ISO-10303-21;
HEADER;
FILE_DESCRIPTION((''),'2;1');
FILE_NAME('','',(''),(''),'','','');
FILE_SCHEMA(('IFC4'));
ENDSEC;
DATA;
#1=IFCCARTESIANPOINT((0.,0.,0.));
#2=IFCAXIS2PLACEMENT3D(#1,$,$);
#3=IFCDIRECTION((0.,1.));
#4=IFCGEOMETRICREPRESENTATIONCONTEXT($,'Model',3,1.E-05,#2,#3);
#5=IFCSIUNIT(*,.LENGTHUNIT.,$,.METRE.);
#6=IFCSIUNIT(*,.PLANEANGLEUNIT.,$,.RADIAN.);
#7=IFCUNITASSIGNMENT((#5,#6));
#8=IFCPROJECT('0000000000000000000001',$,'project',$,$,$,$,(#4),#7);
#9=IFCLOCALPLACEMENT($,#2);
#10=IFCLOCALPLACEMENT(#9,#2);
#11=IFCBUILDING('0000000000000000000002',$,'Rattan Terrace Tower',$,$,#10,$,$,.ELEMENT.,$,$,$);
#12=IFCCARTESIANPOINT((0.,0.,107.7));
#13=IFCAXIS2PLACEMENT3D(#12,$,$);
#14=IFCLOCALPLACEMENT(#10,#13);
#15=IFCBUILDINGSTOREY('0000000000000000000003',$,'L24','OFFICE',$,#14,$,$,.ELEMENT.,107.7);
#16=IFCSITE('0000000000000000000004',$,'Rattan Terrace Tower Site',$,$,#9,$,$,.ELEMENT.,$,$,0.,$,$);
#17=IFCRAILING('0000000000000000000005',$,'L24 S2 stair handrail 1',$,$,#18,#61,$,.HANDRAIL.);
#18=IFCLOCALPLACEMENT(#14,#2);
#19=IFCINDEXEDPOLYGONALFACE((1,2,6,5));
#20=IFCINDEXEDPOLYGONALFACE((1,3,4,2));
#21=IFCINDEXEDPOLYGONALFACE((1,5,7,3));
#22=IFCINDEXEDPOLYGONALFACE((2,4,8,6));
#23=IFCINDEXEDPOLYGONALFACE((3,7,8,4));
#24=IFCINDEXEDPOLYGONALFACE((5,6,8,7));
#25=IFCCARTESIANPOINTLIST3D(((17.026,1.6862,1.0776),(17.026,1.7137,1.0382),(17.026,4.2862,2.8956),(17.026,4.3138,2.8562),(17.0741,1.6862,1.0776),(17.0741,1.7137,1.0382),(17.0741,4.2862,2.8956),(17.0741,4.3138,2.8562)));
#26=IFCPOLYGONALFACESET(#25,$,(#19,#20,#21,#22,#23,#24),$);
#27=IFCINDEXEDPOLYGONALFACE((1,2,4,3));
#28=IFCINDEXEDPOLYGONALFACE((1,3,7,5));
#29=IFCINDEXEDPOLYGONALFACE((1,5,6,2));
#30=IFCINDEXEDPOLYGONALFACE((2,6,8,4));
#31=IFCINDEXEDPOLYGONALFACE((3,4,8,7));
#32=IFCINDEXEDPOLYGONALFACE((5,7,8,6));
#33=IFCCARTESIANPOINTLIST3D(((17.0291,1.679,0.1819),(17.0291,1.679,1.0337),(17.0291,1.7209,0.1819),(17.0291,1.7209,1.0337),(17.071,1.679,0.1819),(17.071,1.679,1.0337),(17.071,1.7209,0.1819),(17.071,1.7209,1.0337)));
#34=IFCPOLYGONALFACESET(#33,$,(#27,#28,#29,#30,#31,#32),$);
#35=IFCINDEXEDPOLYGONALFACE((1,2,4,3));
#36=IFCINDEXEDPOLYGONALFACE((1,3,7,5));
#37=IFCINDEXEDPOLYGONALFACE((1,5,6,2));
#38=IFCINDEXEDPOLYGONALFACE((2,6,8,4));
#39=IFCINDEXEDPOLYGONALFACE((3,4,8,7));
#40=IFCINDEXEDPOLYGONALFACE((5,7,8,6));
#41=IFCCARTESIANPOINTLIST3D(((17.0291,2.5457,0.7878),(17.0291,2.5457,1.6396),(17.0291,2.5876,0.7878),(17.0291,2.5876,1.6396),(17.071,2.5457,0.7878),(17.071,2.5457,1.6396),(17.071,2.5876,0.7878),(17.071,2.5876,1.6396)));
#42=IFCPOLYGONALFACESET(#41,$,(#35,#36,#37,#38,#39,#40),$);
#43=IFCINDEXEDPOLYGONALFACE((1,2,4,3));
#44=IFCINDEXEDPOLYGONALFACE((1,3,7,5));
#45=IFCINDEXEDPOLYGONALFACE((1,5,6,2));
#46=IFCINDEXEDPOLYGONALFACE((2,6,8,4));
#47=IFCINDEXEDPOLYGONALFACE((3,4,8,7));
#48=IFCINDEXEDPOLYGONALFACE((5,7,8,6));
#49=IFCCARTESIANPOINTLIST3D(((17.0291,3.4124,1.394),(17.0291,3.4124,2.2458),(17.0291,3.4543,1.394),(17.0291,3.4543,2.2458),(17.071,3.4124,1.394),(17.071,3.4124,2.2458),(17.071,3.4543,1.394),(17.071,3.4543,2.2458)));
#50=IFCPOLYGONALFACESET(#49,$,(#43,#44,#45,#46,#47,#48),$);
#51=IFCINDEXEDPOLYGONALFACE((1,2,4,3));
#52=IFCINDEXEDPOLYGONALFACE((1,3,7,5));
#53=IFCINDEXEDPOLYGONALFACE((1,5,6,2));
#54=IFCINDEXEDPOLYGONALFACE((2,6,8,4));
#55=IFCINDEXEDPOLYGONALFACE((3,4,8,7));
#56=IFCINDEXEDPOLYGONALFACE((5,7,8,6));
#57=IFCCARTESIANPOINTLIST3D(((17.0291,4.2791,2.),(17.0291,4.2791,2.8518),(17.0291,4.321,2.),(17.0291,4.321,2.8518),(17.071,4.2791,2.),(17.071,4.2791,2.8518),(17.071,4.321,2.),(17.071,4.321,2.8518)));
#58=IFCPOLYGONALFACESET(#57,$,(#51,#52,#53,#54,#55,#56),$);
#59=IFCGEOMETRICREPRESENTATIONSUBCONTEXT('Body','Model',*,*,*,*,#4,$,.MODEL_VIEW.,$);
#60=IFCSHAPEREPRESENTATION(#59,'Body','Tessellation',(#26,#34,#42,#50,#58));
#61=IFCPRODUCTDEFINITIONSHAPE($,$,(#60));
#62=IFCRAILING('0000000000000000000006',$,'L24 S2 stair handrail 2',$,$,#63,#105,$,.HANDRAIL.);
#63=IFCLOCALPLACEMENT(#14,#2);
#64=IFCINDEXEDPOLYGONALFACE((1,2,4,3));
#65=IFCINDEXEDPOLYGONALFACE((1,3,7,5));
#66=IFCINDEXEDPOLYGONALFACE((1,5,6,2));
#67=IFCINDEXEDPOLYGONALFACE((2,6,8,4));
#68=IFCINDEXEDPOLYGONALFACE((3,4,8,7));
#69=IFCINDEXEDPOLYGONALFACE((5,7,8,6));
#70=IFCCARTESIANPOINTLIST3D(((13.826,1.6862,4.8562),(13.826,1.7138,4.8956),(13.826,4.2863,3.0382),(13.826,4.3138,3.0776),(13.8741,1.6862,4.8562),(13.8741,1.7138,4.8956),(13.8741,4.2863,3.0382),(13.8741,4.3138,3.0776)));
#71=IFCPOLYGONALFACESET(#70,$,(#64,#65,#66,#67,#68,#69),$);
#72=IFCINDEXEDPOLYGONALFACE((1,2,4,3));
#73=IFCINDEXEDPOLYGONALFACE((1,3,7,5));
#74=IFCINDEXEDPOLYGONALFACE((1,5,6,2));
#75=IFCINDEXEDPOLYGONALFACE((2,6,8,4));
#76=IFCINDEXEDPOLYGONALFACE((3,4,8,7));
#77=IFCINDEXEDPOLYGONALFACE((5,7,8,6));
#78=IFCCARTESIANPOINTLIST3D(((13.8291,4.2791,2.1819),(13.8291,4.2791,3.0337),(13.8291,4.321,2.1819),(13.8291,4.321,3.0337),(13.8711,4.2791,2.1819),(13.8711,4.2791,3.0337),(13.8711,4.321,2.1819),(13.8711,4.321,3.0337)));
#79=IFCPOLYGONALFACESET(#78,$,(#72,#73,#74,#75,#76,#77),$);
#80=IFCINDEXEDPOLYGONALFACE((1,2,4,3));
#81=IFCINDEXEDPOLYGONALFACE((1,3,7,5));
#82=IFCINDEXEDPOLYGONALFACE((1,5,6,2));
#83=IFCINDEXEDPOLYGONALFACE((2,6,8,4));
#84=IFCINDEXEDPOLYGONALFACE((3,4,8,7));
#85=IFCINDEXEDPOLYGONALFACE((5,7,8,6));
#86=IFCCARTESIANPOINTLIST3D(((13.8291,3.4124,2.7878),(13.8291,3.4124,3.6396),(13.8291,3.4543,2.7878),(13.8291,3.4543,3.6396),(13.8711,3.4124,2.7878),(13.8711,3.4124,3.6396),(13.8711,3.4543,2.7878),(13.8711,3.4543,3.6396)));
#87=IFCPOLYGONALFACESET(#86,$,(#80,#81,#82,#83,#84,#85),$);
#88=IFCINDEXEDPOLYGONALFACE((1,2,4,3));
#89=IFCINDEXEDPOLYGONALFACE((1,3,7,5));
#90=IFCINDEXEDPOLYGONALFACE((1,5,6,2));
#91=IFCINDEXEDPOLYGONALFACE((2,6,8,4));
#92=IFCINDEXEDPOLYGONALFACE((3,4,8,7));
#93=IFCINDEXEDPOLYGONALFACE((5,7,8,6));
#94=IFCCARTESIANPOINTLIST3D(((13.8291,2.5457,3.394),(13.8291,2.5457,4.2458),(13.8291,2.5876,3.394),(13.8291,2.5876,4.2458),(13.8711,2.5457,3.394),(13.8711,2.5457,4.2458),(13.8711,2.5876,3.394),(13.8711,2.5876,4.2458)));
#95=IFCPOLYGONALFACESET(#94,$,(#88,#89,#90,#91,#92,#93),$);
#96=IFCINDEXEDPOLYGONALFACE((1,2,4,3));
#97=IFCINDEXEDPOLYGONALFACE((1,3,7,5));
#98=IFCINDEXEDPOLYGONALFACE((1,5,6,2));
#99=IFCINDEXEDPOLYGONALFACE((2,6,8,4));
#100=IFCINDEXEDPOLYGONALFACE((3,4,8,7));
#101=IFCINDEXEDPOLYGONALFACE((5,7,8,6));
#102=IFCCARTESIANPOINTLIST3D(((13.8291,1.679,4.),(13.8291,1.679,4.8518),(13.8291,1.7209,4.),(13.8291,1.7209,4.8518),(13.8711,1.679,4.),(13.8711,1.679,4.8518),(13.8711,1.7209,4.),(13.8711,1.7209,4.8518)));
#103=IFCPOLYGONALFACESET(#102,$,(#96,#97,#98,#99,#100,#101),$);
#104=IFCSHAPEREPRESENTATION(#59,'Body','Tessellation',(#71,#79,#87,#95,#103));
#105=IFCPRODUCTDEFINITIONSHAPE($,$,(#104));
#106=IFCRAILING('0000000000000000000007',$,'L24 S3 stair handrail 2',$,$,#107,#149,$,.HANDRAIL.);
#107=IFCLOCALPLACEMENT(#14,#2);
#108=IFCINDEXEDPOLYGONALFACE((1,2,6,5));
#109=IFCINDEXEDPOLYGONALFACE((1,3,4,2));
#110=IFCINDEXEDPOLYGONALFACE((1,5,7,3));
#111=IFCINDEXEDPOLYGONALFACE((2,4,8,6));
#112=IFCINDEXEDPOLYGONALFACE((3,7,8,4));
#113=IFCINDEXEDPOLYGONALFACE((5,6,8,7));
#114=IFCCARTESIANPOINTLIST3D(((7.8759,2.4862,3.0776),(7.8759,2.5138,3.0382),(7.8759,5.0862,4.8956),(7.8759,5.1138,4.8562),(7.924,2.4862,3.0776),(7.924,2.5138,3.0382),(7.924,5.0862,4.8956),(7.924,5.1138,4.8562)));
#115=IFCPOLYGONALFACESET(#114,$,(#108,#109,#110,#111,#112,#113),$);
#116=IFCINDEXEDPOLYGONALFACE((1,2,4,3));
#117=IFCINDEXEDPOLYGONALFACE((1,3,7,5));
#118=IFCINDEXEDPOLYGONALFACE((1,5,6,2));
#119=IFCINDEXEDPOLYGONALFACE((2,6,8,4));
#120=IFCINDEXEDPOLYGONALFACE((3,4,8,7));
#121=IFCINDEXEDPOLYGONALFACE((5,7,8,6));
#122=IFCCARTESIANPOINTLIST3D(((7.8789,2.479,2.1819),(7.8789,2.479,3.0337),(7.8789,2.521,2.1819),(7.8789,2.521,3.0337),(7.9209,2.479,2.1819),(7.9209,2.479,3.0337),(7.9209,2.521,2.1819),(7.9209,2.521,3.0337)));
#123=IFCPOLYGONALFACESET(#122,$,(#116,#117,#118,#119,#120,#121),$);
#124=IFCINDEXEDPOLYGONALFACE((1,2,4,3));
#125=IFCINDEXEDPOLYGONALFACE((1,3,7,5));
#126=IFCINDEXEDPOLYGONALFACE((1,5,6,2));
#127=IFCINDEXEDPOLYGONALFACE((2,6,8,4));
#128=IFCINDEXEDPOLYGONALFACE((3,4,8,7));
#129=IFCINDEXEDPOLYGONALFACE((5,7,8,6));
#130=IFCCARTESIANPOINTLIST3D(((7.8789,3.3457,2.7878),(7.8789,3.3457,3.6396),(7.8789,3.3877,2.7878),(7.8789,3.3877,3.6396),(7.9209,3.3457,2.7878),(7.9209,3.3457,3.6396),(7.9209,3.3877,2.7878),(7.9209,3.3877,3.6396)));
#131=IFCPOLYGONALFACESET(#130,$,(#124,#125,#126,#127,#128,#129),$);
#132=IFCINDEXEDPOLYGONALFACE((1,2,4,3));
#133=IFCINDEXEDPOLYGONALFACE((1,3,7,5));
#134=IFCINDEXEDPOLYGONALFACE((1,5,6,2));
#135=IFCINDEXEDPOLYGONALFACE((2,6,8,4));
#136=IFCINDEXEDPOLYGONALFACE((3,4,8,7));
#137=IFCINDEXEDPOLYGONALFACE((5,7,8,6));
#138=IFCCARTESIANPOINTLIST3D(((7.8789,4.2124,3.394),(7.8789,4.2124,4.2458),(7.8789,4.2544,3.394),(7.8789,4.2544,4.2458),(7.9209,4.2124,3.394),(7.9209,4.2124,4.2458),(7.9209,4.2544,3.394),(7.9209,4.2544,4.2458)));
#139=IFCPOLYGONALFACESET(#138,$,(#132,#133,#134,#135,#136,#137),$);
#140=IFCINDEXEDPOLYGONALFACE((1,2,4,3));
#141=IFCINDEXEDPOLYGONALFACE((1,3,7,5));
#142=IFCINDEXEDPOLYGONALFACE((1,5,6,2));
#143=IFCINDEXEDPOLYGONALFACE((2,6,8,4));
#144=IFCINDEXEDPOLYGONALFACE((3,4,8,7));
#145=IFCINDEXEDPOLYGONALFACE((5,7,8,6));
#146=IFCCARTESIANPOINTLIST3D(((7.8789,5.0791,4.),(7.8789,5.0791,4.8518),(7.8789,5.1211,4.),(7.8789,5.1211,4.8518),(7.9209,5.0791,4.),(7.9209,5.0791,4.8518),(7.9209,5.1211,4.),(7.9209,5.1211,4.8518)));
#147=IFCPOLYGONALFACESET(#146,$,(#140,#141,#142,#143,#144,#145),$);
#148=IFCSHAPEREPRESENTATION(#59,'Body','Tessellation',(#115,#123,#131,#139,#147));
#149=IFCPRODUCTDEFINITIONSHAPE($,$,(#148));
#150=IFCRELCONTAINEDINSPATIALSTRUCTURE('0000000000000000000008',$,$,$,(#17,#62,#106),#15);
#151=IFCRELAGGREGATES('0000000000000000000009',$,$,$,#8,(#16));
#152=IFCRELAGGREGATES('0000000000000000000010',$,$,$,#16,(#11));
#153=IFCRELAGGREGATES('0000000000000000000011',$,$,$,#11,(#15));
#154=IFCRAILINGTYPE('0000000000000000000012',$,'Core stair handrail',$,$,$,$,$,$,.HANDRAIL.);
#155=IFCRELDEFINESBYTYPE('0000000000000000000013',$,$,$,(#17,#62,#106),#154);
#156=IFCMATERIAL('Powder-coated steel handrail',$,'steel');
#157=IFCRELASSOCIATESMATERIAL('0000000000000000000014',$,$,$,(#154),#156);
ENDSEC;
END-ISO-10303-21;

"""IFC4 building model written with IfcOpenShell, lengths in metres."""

from ifc_helpers import new_model, si_unit, direction, frame, origin, origin_2d, place, context, subcontext, project, spatial, rectangle, extrude, material, type_object, element, save


model = new_model("IFC4")

# Units and contexts
model_context = context("Model", 3, precision=1e-05, world=origin(), true_north=direction((0.0, 1.0)))
body_context = subcontext(model_context, "Body", "Model", "MODEL_VIEW")
ifc_project = project(units=[si_unit("LENGTHUNIT", "METRE"), si_unit("PLANEANGLEUNIT", "RADIAN")], contexts=[model_context])

# Site, building, storey
site_placement = place(None, origin())
site = spatial("IfcSite", under=ifc_project, at=site_placement, Name="Rattan Terrace Tower Site", CompositionType="ELEMENT", RefElevation=0.0)
building_placement = place(site_placement, origin())
building = spatial("IfcBuilding", under=site, at=building_placement, Name="Rattan Terrace Tower", CompositionType="ELEMENT")
storey_placement = place(building_placement, frame((0.0, 0.0, 107.7)))
storey = spatial("IfcBuildingStorey", under=building, at=storey_placement, Name="L24", Description="OFFICE", CompositionType="ELEMENT", Elevation=107.7)

# Railings
ifc_material_1 = material(Name="Powder-coated steel handrail", Category="steel")
railing_type_1 = type_object("IfcRailingType", Name="Core stair handrail", PredefinedType="HANDRAIL", material=ifc_material_1)
railing_1_placement = place(storey_placement, frame((17.05, 1.7, 0.1819)))
element("IfcRailing", 1, at=railing_1_placement, inside=storey, type_object=railing_type_1, Name="L24 S2 stair handrail 1", PredefinedType="HANDRAIL", context=body_context, shape_type="SweptSolid", body=[
    extrude(rectangle(XDim=0.0481, YDim=0.0481, at=origin_2d()), frame((0.0, 0.0, 0.876), z_axis=(0.0, 0.819521, 0.573049), x_axis=(-1.0, 0.0, 0.0)), (0.0, 0.0, 1.0), 3.1726),
    extrude(rectangle(XDim=0.042, YDim=0.042, at=origin_2d()), origin(), (0.0, 0.0, 1.0), 0.8518),
    extrude(rectangle(XDim=0.042, YDim=0.042, at=origin_2d()), frame((0.0, 0.8667, 0.606)), (0.0, 0.0, 1.0), 0.8518),
    extrude(rectangle(XDim=0.042, YDim=0.042, at=origin_2d()), frame((0.0, 1.7334, 1.2122)), (0.0, 0.0, 1.0), 0.8518),
    extrude(rectangle(XDim=0.042, YDim=0.042, at=origin_2d()), frame((0.0, 2.6001, 1.8181)), (0.0, 0.0, 1.0), 0.8518),
])
railing_2_placement = place(storey_placement, frame((13.8501, 4.3, 2.1819)))
element("IfcRailing", 2, at=railing_2_placement, inside=storey, type_object=railing_type_1, Name="L24 S2 stair handrail 2", PredefinedType="HANDRAIL", context=body_context, shape_type="SweptSolid", body=[
    extrude(rectangle(XDim=0.0481, YDim=0.0481, at=origin_2d()), frame((0.0, 0.0, 0.876), z_axis=(0.0, -0.819521, 0.573049), x_axis=(1.0, 0.0, 0.0)), (0.0, 0.0, 1.0), 3.1726),
    extrude(rectangle(XDim=0.042, YDim=0.042, at=origin_2d()), origin(), (0.0, 0.0, 1.0), 0.8518),
    extrude(rectangle(XDim=0.042, YDim=0.042, at=origin_2d()), frame((0.0, -0.8667, 0.606)), (0.0, 0.0, 1.0), 0.8518),
    extrude(rectangle(XDim=0.042, YDim=0.042, at=origin_2d()), frame((0.0, -1.7334, 1.2122)), (0.0, 0.0, 1.0), 0.8518),
    extrude(rectangle(XDim=0.042, YDim=0.042, at=origin_2d()), frame((0.0, -2.6001, 1.8181)), (0.0, 0.0, 1.0), 0.8518),
])
railing_3_placement = place(storey_placement, frame((7.8999, 2.5, 2.1819)))
element("IfcRailing", 3, at=railing_3_placement, inside=storey, type_object=railing_type_1, Name="L24 S3 stair handrail 2", PredefinedType="HANDRAIL", context=body_context, shape_type="SweptSolid", body=[
    extrude(rectangle(XDim=0.0481, YDim=0.0481, at=origin_2d()), frame((0.0, 0.0, 0.876), z_axis=(0.0, 0.819521, 0.573049), x_axis=(-1.0, 0.0, 0.0)), (0.0, 0.0, 1.0), 3.1726),
    extrude(rectangle(XDim=0.042, YDim=0.042, at=origin_2d()), origin(), (0.0, 0.0, 1.0), 0.8518),
    extrude(rectangle(XDim=0.042, YDim=0.042, at=origin_2d()), frame((0.0, 0.8667, 0.606)), (0.0, 0.0, 1.0), 0.8518),
    extrude(rectangle(XDim=0.042, YDim=0.042, at=origin_2d()), frame((0.0, 1.7334, 1.2122)), (0.0, 0.0, 1.0), 0.8518),
    extrude(rectangle(XDim=0.042, YDim=0.042, at=origin_2d()), frame((0.0, 2.6001, 1.8181)), (0.0, 0.0, 1.0), 0.8518),
])

save(model, "model.ifc")
